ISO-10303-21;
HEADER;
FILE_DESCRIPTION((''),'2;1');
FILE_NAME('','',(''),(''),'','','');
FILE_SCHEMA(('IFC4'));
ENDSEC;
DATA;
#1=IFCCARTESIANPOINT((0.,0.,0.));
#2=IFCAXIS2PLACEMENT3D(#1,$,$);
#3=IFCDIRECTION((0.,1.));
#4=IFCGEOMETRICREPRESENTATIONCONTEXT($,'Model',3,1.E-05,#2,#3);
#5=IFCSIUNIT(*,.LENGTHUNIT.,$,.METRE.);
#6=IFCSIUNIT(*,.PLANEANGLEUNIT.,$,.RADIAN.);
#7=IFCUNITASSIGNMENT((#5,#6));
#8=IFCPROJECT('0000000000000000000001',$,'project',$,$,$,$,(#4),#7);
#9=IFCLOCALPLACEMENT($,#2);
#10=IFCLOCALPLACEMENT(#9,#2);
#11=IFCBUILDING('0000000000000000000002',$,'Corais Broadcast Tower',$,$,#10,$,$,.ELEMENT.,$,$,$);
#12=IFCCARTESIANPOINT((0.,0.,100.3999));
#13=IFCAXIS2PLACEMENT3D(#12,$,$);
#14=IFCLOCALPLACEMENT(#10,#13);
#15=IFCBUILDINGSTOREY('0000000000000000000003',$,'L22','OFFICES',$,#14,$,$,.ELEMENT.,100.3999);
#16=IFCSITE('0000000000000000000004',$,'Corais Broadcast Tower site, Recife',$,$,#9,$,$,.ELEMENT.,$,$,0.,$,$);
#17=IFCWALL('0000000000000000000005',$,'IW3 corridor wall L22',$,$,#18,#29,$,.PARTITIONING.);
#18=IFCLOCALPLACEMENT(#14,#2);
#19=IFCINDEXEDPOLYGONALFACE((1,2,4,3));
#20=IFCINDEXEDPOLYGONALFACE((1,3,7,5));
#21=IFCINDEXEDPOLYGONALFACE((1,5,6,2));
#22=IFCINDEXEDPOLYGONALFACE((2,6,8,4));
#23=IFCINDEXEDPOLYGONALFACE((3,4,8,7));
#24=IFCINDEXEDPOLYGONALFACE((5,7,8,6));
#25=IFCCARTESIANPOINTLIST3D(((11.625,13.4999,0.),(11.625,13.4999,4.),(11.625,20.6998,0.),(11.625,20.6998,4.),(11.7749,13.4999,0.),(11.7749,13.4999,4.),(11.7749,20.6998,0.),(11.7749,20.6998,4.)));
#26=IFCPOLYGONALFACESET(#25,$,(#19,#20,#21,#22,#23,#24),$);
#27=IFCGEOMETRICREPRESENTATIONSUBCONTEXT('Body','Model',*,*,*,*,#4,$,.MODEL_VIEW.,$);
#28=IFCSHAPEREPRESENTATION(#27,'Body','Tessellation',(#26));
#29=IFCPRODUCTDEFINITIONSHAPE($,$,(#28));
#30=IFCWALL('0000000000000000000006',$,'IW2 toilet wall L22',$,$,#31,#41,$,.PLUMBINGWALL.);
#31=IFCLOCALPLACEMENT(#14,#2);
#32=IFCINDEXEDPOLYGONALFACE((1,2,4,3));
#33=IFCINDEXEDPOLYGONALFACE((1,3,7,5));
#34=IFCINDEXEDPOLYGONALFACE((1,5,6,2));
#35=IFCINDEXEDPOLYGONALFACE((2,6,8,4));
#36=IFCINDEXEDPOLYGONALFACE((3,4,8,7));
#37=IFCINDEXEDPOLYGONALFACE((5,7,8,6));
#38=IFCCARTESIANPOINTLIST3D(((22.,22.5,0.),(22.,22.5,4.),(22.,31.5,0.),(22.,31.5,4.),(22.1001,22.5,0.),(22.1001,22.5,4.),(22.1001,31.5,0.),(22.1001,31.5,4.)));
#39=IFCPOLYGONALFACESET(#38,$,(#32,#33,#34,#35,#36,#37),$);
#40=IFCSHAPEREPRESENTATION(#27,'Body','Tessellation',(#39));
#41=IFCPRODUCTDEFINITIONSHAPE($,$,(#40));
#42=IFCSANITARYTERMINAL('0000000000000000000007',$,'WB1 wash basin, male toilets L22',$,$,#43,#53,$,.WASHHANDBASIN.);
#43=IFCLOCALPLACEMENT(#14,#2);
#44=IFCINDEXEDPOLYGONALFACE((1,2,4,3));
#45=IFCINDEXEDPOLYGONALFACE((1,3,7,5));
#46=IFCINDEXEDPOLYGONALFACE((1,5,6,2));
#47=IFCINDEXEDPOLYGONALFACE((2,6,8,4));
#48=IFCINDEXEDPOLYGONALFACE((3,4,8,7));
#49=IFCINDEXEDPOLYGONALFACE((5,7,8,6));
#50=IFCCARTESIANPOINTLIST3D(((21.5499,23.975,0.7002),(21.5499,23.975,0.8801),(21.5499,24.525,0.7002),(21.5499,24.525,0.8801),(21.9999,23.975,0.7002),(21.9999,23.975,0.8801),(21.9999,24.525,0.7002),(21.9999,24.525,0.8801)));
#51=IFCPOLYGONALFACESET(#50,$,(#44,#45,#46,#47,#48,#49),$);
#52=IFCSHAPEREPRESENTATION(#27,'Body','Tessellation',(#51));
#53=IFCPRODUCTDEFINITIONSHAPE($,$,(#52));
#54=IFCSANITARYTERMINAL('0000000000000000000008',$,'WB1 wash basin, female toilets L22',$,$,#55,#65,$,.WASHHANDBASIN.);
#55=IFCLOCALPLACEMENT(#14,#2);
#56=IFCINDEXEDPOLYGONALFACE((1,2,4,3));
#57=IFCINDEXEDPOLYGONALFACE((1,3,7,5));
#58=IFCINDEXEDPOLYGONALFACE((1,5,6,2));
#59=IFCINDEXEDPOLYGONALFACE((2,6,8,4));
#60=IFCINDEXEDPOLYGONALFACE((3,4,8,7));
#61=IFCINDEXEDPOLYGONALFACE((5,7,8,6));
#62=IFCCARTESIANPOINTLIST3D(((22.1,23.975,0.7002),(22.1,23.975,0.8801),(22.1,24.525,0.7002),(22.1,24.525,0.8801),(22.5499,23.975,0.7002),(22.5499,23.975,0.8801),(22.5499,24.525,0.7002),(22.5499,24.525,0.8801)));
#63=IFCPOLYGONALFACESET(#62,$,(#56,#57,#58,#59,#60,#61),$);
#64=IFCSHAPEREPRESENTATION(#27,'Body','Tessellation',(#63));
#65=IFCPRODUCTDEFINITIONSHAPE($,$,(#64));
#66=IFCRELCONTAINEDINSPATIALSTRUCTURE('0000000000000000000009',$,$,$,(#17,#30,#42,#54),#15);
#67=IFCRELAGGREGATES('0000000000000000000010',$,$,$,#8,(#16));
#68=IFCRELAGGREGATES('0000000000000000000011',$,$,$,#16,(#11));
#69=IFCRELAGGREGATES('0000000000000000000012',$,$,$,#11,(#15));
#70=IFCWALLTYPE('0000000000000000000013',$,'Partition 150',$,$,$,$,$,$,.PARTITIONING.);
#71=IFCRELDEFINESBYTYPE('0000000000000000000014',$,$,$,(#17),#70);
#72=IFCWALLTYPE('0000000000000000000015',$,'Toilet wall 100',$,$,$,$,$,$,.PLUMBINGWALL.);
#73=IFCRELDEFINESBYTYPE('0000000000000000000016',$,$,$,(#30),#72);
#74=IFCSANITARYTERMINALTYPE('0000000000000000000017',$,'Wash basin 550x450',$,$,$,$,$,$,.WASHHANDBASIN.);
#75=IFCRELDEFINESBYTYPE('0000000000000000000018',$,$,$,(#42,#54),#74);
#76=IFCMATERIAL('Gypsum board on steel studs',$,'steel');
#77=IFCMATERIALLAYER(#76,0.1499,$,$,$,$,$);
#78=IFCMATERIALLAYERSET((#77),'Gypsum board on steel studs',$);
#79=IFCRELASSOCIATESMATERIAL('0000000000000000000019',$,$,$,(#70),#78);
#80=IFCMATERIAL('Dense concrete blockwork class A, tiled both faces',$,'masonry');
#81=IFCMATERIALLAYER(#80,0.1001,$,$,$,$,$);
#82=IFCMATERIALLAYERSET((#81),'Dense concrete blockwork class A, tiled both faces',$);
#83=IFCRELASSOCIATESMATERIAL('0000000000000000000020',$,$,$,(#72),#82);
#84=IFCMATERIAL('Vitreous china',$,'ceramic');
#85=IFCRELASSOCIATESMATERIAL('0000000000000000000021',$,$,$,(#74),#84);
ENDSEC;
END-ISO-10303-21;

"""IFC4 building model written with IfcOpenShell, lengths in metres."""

from ifc_helpers import new_model, si_unit, direction, frame, frame_2d, origin, origin_2d, place, context, subcontext, project, spatial, rectangle, extrude, material, layer, layer_set, type_object, element, save


model = new_model("IFC4")

# Units and contexts
model_context = context("Model", 3, precision=1e-05, world=origin(), true_north=direction((0.0, 1.0)))
body_context = subcontext(model_context, "Body", "Model", "MODEL_VIEW")
ifc_project = project(units=[si_unit("LENGTHUNIT", "METRE"), si_unit("PLANEANGLEUNIT", "RADIAN")], contexts=[model_context])

# Site, building, storey
site_placement = place(None, origin())
site = spatial("IfcSite", under=ifc_project, at=site_placement, Name="Corais Broadcast Tower site, Recife", CompositionType="ELEMENT", RefElevation=0.0)
building_placement = place(site_placement, origin())
building = spatial("IfcBuilding", under=site, at=building_placement, Name="Corais Broadcast Tower", CompositionType="ELEMENT")
storey_placement = place(building_placement, frame((0.0, 0.0, 100.3999)))
storey = spatial("IfcBuildingStorey", under=building, at=storey_placement, Name="L22", Description="OFFICES", CompositionType="ELEMENT", Elevation=100.3999)

# Walls
ifc_material_1 = material(Name="Gypsum board on steel studs", Category="steel")
ifc_layer_1 = layer(ifc_material_1, 0.1499)
ifc_layer_set_1 = layer_set([ifc_layer_1], Name="Gypsum board on steel studs")
wall_type_1 = type_object("IfcWallType", Name="Partition 150", PredefinedType="PARTITIONING", material=ifc_layer_set_1)
wall_1_placement = place(storey_placement, frame((11.7, 20.7, 0.0), z_axis=(0.0, 0.0, 1.0), x_axis=(0.0, -1.0, 0.0)))
element("IfcWall", 1, at=wall_1_placement, inside=storey, type_object=wall_type_1, Name="IW3 corridor wall L22", PredefinedType="PARTITIONING", context=body_context, shape_type="SweptSolid", body=[
    extrude(rectangle(XDim=7.2, YDim=0.1499, at=frame_2d((3.6001, 0.0))), origin(), (0.0, 0.0, 1.0), 4.0),
])
ifc_material_2 = material(Name="Dense concrete blockwork class A, tiled both faces", Category="masonry")
ifc_layer_2 = layer(ifc_material_2, 0.1001)
ifc_layer_set_2 = layer_set([ifc_layer_2], Name="Dense concrete blockwork class A, tiled both faces")
wall_type_2 = type_object("IfcWallType", Name="Toilet wall 100", PredefinedType="PLUMBINGWALL", material=ifc_layer_set_2)
wall_2_placement = place(storey_placement, frame((22.05, 22.5, 0.0), z_axis=(0.0, 0.0, 1.0), x_axis=(0.0, 1.0, 0.0)))
element("IfcWall", 2, at=wall_2_placement, inside=storey, type_object=wall_type_2, Name="IW2 toilet wall L22", PredefinedType="PLUMBINGWALL", context=body_context, shape_type="SweptSolid", body=[
    extrude(rectangle(XDim=9.0, YDim=0.1001, at=frame_2d((4.5, 0.0))), origin(), (0.0, 0.0, 1.0), 4.0),
])

# Sanitary terminals
ifc_material_3 = material(Name="Vitreous china", Category="ceramic")
sanitary_terminal_type = type_object("IfcSanitaryTerminalType", Name="Wash basin 550x450", PredefinedType="WASHHANDBASIN", material=ifc_material_3)
for number, where, z_axis, x_axis, name in (
    (3, (21.7749, 24.25, 0.7002), (0.0, 0.0, 1.0), (1.0, 0.0, 0.0), "WB1 wash basin, male toilets L22"),
    (4, (22.325, 24.25, 0.7002), (0.0, 0.0, 1.0), (1.0, 0.0, 0.0), "WB1 wash basin, female toilets L22"),
):
    element("IfcSanitaryTerminal", number, at=place(storey_placement, frame(where, z_axis=z_axis, x_axis=x_axis)), inside=storey, type_object=sanitary_terminal_type, Name=name, PredefinedType="WASHHANDBASIN", context=body_context, shape_type="SweptSolid", body=[
        extrude(rectangle(XDim=0.45, YDim=0.55, at=origin_2d()), origin(), (0.0, 0.0, 1.0), 0.1799),
    ])

save(model, "model.ifc")
